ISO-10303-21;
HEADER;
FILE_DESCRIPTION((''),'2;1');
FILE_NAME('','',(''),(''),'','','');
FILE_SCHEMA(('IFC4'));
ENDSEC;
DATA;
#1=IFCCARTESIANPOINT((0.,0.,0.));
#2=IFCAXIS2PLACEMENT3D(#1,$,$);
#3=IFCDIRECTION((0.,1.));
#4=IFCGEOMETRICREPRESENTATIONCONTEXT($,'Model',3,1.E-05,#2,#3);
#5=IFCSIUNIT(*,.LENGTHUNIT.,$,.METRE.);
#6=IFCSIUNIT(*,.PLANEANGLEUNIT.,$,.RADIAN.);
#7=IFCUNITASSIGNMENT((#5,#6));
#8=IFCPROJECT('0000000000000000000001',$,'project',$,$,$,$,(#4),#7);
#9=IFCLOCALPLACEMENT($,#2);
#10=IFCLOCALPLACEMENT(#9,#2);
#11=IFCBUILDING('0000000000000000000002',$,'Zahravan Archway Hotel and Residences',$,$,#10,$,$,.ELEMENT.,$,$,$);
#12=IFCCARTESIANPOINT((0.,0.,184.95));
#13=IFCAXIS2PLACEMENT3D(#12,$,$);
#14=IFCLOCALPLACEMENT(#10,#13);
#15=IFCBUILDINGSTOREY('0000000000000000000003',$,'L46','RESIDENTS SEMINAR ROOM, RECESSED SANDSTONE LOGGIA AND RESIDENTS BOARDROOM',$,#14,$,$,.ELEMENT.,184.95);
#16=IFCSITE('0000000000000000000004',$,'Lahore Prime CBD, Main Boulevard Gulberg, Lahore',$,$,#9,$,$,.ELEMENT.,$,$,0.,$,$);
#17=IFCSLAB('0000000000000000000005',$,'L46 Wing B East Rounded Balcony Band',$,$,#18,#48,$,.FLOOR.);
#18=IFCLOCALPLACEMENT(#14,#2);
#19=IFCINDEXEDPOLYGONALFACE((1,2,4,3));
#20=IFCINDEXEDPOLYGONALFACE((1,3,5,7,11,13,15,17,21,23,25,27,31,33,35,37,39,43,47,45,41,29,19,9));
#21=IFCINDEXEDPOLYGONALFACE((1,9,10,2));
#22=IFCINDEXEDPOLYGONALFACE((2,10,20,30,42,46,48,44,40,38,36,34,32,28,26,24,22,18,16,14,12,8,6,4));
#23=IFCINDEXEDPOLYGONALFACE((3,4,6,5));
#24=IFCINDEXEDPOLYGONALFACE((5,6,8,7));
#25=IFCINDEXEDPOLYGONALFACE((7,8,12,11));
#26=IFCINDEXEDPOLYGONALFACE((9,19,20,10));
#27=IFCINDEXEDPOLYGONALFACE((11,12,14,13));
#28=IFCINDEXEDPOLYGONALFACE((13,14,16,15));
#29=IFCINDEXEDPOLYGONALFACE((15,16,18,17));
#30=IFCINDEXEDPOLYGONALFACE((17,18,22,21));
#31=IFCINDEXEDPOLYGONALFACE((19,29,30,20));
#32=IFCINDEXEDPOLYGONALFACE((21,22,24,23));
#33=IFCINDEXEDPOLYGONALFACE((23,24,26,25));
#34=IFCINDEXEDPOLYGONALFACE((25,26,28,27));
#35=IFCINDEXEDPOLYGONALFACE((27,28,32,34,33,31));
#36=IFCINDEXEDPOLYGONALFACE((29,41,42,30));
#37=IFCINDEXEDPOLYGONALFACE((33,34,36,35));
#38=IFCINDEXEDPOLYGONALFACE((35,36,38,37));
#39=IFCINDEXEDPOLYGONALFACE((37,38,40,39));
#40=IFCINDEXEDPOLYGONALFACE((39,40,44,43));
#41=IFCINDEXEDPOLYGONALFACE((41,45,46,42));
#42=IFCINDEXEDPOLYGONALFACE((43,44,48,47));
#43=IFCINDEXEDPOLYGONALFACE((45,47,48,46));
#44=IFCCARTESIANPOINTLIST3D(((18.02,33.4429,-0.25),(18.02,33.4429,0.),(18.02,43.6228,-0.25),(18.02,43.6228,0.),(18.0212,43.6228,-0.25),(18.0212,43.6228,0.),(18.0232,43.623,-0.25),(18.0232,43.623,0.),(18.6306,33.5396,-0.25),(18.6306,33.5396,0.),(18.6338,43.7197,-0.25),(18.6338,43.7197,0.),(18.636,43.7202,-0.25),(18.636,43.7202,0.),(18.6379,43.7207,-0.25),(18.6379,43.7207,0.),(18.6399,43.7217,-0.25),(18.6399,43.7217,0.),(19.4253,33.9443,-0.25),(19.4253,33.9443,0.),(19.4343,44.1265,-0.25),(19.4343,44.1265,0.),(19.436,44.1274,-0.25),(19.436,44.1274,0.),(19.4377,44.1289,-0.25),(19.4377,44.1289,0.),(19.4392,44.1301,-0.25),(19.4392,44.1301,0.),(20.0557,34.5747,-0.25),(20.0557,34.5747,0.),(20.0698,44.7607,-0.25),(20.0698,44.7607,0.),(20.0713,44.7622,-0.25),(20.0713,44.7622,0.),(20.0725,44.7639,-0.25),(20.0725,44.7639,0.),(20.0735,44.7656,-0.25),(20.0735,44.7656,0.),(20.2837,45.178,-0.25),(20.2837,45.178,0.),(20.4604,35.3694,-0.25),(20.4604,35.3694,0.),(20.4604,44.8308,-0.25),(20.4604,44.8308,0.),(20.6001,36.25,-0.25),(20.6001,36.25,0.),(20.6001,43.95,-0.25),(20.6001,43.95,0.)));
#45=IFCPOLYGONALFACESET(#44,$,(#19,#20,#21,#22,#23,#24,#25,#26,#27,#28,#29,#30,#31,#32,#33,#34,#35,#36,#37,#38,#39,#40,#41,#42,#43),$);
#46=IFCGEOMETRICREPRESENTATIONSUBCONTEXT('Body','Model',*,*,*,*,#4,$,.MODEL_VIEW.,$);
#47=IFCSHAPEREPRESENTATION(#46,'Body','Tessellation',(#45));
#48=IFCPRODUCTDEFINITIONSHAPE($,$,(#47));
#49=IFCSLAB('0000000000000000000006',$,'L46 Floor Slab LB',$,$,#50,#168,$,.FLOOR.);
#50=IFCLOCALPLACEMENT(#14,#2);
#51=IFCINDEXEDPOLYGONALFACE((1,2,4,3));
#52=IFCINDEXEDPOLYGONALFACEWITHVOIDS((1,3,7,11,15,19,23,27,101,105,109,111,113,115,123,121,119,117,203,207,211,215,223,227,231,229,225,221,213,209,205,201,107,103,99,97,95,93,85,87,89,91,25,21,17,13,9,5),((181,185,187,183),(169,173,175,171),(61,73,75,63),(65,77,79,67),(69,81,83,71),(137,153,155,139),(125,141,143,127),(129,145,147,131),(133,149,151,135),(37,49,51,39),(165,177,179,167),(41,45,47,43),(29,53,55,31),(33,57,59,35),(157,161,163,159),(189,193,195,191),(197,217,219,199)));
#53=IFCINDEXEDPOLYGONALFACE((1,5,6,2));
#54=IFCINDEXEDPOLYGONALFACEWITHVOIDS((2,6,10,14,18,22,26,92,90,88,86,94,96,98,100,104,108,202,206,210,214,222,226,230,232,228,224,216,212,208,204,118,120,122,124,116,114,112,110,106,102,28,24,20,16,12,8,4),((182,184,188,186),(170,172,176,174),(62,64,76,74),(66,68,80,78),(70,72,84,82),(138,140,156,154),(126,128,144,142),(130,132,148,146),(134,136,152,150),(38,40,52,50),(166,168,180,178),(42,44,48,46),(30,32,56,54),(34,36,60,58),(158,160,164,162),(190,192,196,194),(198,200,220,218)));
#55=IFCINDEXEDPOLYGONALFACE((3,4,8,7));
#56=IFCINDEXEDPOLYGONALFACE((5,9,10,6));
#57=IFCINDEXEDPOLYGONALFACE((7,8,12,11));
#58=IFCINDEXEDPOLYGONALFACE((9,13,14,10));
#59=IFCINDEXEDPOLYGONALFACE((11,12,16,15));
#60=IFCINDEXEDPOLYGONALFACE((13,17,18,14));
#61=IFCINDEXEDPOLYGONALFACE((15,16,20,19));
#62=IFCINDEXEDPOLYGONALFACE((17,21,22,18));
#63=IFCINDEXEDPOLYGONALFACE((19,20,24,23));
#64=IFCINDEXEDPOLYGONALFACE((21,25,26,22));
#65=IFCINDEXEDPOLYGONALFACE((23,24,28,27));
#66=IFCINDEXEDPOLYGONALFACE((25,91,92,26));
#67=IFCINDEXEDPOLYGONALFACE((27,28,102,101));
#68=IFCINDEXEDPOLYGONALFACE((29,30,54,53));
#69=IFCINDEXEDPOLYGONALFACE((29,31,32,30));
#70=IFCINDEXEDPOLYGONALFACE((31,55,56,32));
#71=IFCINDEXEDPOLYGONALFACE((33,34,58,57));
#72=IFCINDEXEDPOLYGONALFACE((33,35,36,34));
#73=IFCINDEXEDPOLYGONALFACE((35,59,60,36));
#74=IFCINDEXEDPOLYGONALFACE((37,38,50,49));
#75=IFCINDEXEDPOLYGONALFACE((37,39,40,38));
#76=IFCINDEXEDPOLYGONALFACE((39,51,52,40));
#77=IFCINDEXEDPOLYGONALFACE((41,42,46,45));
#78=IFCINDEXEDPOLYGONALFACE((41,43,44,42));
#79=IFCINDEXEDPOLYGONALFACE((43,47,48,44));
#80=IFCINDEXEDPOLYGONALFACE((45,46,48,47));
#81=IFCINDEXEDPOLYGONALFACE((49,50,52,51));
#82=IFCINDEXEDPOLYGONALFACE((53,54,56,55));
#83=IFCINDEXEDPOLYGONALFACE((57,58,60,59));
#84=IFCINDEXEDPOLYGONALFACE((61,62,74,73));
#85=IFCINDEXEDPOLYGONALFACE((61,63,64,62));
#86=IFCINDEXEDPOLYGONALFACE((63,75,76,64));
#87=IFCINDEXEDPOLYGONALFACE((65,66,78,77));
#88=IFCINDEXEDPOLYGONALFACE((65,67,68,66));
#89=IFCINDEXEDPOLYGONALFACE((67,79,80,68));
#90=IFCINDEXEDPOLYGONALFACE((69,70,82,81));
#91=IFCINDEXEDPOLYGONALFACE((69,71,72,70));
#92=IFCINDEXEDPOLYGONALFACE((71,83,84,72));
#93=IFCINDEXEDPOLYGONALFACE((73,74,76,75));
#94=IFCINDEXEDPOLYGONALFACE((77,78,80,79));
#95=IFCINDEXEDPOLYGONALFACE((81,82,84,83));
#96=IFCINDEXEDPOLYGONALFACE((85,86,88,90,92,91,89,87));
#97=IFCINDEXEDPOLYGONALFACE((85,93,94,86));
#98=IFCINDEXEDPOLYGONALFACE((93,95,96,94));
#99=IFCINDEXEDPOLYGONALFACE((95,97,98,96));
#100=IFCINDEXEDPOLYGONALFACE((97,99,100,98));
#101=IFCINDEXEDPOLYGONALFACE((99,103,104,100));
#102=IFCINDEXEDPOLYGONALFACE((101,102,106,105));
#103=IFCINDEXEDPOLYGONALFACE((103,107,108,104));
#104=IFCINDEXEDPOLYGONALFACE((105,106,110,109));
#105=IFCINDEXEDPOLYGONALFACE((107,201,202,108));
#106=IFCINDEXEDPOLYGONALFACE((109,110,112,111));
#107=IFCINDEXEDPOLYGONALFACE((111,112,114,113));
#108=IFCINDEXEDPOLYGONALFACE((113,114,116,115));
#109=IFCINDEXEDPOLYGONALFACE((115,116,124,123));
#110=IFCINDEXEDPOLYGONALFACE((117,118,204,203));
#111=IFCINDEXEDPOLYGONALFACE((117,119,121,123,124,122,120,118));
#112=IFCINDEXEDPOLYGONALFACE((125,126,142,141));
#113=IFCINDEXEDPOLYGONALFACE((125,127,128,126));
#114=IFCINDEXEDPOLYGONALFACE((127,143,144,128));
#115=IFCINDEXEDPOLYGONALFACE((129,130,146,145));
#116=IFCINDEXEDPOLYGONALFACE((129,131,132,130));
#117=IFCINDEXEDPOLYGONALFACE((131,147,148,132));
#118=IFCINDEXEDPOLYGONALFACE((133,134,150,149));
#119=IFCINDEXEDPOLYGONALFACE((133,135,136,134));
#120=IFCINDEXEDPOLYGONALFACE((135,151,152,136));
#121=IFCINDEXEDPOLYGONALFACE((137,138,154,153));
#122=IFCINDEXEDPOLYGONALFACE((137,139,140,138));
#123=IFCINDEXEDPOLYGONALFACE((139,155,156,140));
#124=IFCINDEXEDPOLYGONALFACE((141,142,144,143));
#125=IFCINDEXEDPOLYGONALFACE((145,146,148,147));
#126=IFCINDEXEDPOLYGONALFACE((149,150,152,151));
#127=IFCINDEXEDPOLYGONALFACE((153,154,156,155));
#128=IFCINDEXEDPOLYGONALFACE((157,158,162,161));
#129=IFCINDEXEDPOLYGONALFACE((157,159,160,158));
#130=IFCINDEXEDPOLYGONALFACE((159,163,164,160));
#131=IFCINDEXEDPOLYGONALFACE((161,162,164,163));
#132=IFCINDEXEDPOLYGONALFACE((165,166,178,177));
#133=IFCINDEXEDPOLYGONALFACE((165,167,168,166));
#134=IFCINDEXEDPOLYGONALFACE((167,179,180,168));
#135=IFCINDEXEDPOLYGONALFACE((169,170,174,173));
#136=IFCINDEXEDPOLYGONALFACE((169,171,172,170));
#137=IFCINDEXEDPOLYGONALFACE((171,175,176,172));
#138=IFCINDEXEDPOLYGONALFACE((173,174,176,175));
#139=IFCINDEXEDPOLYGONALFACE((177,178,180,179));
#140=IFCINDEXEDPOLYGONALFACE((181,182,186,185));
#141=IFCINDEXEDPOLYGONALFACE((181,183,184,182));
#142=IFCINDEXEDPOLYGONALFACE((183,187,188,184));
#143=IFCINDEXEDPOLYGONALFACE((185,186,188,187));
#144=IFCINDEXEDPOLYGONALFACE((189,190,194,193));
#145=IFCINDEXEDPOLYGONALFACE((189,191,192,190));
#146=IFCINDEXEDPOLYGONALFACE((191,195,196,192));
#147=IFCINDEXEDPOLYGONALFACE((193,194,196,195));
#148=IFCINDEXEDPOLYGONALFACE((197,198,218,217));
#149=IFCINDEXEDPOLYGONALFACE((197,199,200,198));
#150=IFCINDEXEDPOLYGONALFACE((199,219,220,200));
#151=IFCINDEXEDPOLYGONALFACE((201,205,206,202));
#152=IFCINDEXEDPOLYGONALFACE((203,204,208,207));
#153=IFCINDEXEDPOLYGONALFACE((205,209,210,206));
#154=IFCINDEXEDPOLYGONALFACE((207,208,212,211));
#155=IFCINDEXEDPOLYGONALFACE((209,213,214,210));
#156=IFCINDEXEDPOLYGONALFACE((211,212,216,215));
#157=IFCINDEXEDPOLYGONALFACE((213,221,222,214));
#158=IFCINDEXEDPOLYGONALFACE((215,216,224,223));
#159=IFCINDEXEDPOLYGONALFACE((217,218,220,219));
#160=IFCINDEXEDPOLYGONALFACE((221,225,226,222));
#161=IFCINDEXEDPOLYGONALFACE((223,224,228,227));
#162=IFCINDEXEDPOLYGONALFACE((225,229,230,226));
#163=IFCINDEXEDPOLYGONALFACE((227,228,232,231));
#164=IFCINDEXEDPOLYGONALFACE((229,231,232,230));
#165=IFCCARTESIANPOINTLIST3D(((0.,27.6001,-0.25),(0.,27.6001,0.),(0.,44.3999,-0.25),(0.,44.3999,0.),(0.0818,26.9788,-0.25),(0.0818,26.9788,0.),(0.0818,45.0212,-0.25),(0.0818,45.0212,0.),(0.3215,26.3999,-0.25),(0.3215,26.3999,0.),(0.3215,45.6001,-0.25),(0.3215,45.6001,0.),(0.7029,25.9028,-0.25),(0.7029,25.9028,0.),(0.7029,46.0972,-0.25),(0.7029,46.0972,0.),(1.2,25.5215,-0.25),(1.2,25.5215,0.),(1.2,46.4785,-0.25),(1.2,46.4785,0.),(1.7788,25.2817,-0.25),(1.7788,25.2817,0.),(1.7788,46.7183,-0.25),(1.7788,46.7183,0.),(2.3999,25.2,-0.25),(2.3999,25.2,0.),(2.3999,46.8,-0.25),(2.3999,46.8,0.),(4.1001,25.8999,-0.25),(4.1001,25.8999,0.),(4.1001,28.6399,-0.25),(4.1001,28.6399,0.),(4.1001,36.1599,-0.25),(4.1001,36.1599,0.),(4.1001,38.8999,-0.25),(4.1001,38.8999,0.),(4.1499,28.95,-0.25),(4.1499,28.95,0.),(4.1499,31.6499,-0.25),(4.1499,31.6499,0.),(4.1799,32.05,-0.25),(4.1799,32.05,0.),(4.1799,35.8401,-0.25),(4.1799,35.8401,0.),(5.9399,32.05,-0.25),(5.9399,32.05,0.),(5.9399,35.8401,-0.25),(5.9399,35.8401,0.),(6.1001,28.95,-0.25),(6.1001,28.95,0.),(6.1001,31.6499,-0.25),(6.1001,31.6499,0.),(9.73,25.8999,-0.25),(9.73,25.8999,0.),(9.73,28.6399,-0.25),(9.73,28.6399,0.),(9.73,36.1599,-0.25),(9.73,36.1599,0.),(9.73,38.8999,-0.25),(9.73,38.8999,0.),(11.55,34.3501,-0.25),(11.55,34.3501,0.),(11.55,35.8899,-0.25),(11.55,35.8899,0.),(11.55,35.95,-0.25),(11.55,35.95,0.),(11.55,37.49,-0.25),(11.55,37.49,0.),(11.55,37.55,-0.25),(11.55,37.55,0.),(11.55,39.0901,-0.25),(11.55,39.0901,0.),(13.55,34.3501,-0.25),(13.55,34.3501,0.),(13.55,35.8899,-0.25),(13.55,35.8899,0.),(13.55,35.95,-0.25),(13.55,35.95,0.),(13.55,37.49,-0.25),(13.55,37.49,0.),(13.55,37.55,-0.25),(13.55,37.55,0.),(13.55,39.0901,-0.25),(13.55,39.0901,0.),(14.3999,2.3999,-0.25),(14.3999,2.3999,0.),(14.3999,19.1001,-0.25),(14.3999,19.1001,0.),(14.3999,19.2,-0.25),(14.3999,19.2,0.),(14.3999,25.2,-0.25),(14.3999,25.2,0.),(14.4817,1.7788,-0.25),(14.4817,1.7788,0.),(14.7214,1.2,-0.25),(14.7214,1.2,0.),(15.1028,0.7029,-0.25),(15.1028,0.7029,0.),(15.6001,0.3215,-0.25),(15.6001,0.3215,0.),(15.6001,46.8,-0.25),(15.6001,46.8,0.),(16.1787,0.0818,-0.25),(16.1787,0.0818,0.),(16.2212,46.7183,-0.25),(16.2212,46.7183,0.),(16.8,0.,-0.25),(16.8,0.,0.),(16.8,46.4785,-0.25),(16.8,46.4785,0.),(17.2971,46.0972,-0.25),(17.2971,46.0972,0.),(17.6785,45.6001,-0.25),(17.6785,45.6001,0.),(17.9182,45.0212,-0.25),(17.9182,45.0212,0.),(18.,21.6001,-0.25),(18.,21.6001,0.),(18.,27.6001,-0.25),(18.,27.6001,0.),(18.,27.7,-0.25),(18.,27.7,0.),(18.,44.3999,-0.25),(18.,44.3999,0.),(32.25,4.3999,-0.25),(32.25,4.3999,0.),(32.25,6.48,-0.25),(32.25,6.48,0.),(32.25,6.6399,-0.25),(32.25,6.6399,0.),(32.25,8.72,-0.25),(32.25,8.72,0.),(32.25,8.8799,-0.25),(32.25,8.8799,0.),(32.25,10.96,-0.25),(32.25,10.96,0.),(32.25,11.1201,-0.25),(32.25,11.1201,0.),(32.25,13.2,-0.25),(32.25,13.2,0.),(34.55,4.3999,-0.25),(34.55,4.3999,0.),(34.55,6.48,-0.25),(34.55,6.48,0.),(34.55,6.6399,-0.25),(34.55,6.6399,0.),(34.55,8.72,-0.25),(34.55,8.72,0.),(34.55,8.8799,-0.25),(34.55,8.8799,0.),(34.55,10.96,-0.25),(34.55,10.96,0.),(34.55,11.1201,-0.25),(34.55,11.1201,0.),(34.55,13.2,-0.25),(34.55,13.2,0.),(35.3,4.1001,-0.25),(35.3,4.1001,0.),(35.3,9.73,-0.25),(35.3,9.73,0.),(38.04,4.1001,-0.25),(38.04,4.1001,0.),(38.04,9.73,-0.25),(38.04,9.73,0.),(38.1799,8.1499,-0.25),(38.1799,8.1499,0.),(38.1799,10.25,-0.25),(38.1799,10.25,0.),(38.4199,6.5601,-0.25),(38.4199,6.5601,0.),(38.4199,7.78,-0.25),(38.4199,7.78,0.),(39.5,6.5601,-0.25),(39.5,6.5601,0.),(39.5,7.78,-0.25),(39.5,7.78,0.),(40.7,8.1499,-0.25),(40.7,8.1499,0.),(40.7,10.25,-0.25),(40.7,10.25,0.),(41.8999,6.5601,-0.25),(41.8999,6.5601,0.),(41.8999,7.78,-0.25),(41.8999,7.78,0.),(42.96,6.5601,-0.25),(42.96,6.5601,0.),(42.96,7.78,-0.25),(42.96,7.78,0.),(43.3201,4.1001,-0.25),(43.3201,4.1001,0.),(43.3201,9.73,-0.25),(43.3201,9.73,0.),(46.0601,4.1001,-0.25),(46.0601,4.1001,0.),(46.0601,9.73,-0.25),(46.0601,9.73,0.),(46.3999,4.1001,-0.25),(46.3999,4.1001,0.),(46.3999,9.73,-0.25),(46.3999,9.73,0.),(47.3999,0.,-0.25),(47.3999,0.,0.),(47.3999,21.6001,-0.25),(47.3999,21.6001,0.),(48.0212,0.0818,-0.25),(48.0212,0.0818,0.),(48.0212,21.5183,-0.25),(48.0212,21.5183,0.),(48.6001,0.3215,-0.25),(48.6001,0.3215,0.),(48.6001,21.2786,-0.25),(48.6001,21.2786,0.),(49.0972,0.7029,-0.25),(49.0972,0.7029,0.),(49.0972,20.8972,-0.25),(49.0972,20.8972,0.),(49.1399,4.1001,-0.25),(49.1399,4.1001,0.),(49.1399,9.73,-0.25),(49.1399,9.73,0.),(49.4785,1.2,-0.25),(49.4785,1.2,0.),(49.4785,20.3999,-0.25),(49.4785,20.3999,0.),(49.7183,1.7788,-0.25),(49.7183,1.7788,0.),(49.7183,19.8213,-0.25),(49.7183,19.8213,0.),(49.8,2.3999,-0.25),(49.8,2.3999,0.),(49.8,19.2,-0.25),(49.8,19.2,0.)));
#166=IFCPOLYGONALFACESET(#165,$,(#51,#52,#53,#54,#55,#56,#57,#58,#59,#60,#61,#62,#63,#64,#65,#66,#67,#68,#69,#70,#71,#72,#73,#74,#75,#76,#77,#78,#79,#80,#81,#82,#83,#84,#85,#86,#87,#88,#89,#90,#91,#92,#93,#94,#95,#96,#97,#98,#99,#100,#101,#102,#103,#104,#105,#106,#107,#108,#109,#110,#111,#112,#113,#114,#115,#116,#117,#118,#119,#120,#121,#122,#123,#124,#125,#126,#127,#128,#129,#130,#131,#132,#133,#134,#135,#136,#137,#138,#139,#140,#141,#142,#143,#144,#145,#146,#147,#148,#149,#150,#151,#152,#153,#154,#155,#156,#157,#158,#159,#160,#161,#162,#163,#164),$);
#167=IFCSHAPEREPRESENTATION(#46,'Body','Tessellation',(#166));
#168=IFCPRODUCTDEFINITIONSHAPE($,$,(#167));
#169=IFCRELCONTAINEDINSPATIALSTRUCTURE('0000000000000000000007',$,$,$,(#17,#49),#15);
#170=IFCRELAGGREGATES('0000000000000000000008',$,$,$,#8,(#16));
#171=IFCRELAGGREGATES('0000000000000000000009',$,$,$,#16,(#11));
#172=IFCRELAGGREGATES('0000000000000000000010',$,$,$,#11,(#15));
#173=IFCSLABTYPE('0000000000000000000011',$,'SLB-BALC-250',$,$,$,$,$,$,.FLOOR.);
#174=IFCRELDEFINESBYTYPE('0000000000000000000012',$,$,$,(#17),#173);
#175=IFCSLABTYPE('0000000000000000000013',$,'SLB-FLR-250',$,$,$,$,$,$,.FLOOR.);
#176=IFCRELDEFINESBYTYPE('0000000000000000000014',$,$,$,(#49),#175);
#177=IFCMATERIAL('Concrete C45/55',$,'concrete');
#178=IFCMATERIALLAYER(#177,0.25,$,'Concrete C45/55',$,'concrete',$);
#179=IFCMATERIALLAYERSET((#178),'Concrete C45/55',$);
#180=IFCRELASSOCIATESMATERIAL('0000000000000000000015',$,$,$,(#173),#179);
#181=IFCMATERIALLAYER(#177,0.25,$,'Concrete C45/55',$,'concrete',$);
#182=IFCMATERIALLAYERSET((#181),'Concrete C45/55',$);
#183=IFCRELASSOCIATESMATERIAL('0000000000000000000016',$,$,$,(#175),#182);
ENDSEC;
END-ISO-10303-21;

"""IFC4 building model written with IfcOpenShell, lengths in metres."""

from ifc_helpers import new_model, si_unit, direction, frame, origin, place, context, subcontext, project, spatial, polyline, outline, extrude, material, layer, layer_set, type_object, element, save


model = new_model("IFC4")

# Units and contexts
model_context = context("Model", 3, precision=1e-05, world=origin(), true_north=direction((0.0, 1.0)))
body_context = subcontext(model_context, "Body", "Model", "MODEL_VIEW")
ifc_project = project(units=[si_unit("LENGTHUNIT", "METRE"), si_unit("PLANEANGLEUNIT", "RADIAN")], contexts=[model_context])

# Site, building, storey
site_placement = place(None, origin())
site = spatial("IfcSite", under=ifc_project, at=site_placement, Name="Lahore Prime CBD, Main Boulevard Gulberg, Lahore", CompositionType="ELEMENT", RefElevation=0.0)
building_placement = place(site_placement, origin())
building = spatial("IfcBuilding", under=site, at=building_placement, Name="Zahravan Archway Hotel and Residences", CompositionType="ELEMENT")
storey_placement = place(building_placement, frame((0.0, 0.0, 184.95)))
storey = spatial("IfcBuildingStorey", under=building, at=storey_placement, Name="L46", Description="RESIDENTS SEMINAR ROOM, RECESSED SANDSTONE LOGGIA AND RESIDENTS BOARDROOM", CompositionType="ELEMENT", Elevation=184.95)

# Slabs
ifc_material_1 = material(Name="Concrete C45/55", Category="concrete")
ifc_layer_1 = layer(ifc_material_1, 0.25, Name="Concrete C45/55", Category="concrete")
ifc_layer_set_1 = layer_set([ifc_layer_1], Name="Concrete C45/55")
slab_type_1 = type_object("IfcSlabType", Name="SLB-BALC-250", PredefinedType="FLOOR", material=ifc_layer_set_1)
slab_1_placement = place(storey_placement, frame((0.0, 0.0, -0.25)))
element("IfcSlab", 1, at=slab_1_placement, inside=storey, type_object=slab_type_1, Name="L46 Wing B East Rounded Balcony Band", PredefinedType="FLOOR", context=body_context, shape_type="SweptSolid", body=[
    extrude(outline(polyline([(20.4604, 44.8308), (20.6001, 43.95), (20.6001, 36.25), (20.4604, 35.3694), (20.0557, 34.5747), (19.4253, 33.9443), (18.6306, 33.5396), (18.02, 33.4429), (18.02, 43.6228), (18.0212, 43.6228), (18.0232, 43.623), (18.6338, 43.7197), (18.636, 43.7202), (18.6379, 43.7207), (18.6399, 43.7217), (19.4343, 44.1265), (19.436, 44.1274), (19.4377, 44.1289), (19.4392, 44.1301), (20.0698, 44.7607), (20.0713, 44.7622), (20.0725, 44.7639), (20.0735, 44.7656), (20.2837, 45.178), (20.4604, 44.8308)])), origin(), (0.0, 0.0, 1.0), 0.25),
])
ifc_layer_2 = layer(ifc_material_1, 0.25, Name="Concrete C45/55", Category="concrete")
ifc_layer_set_2 = layer_set([ifc_layer_2], Name="Concrete C45/55")
slab_type_2 = type_object("IfcSlabType", Name="SLB-FLR-250", PredefinedType="FLOOR", material=ifc_layer_set_2)
slab_2_placement = place(storey_placement, frame((0.0, 0.0, -0.25)))
element("IfcSlab", 2, at=slab_2_placement, inside=storey, type_object=slab_type_2, Name="L46 Floor Slab LB", PredefinedType="FLOOR", context=body_context, shape_type="SweptSolid", body=[
    extrude(outline(polyline([(18.0, 21.6001), (18.0, 27.6001), (18.0, 27.7), (18.0, 44.3999), (17.9182, 45.0212), (17.6785, 45.6001), (17.2971, 46.0972), (16.8, 46.4785), (16.2212, 46.7183), (15.6001, 46.8), (2.3999, 46.8), (1.7788, 46.7183), (1.2, 46.4785), (0.7029, 46.0972), (0.3215, 45.6001), (0.0818, 45.0212), (0.0, 44.3999), (0.0, 27.6001), (0.0818, 26.9788), (0.3215, 26.3999), (0.7029, 25.9028), (1.2, 25.5215), (1.7788, 25.2817), (2.3999, 25.2), (14.3999, 25.2), (14.3999, 19.2), (14.3999, 19.1001), (14.3999, 2.3999), (14.4817, 1.7788), (14.7214, 1.2), (15.1028, 0.7029), (15.6001, 0.3215), (16.1787, 0.0818), (16.8, 0.0), (47.3999, 0.0), (48.0212, 0.0818), (48.6001, 0.3215), (49.0972, 0.7029), (49.4785, 1.2), (49.7183, 1.7788), (49.8, 2.3999), (49.8, 19.2), (49.7183, 19.8213), (49.4785, 20.3999), (49.0972, 20.8972), (48.6001, 21.2786), (48.0212, 21.5183), (47.3999, 21.6001), (18.0, 21.6001)]), holes=[polyline([(35.3, 9.73), (35.3, 4.1001), (38.04, 4.1001), (38.04, 9.73), (35.3, 9.73)]), polyline([(43.3201, 9.73), (43.3201, 4.1001), (46.0601, 4.1001), (46.0601, 9.73), (43.3201, 9.73)]), polyline([(46.3999, 9.73), (46.3999, 4.1001), (49.1399, 4.1001), (49.1399, 9.73), (46.3999, 9.73)]), polyline([(9.73, 28.6399), (4.1001, 28.6399), (4.1001, 25.8999), (9.73, 25.8999), (9.73, 28.6399)]), polyline([(9.73, 38.8999), (4.1001, 38.8999), (4.1001, 36.1599), (9.73, 36.1599), (9.73, 38.8999)]), polyline([(38.1799, 8.1499), (40.7, 8.1499), (40.7, 10.25), (38.1799, 10.25), (38.1799, 8.1499)]), polyline([(4.1499, 28.95), (6.1001, 28.95), (6.1001, 31.6499), (4.1499, 31.6499), (4.1499, 28.95)]), polyline([(11.55, 34.3501), (13.55, 34.3501), (13.55, 35.8899), (11.55, 35.8899), (11.55, 34.3501)]), polyline([(11.55, 35.95), (13.55, 35.95), (13.55, 37.49), (11.55, 37.49), (11.55, 35.95)]), polyline([(11.55, 37.55), (13.55, 37.55), (13.55, 39.0901), (11.55, 39.0901), (11.55, 37.55)]), polyline([(32.25, 4.3999), (34.55, 4.3999), (34.55, 6.48), (32.25, 6.48), (32.25, 4.3999)]), polyline([(32.25, 6.6399), (34.55, 6.6399), (34.55, 8.72), (32.25, 8.72), (32.25, 6.6399)]), polyline([(32.25, 8.8799), (34.55, 8.8799), (34.55, 10.96), (32.25, 10.96), (32.25, 8.8799)]), polyline([(32.25, 11.1201), (34.55, 11.1201), (34.55, 13.2), (32.25, 13.2), (32.25, 11.1201)]), polyline([(38.4199, 6.5601), (39.5, 6.5601), (39.5, 7.78), (38.4199, 7.78), (38.4199, 6.5601)]), polyline([(41.8999, 6.5601), (42.96, 6.5601), (42.96, 7.78), (41.8999, 7.78), (41.8999, 6.5601)]), polyline([(4.1799, 32.05), (5.9399, 32.05), (5.9399, 35.8401), (4.1799, 35.8401), (4.1799, 32.05)])]), origin(), (0.0, 0.0, 1.0), 0.25),
])

save(model, "model.ifc")
